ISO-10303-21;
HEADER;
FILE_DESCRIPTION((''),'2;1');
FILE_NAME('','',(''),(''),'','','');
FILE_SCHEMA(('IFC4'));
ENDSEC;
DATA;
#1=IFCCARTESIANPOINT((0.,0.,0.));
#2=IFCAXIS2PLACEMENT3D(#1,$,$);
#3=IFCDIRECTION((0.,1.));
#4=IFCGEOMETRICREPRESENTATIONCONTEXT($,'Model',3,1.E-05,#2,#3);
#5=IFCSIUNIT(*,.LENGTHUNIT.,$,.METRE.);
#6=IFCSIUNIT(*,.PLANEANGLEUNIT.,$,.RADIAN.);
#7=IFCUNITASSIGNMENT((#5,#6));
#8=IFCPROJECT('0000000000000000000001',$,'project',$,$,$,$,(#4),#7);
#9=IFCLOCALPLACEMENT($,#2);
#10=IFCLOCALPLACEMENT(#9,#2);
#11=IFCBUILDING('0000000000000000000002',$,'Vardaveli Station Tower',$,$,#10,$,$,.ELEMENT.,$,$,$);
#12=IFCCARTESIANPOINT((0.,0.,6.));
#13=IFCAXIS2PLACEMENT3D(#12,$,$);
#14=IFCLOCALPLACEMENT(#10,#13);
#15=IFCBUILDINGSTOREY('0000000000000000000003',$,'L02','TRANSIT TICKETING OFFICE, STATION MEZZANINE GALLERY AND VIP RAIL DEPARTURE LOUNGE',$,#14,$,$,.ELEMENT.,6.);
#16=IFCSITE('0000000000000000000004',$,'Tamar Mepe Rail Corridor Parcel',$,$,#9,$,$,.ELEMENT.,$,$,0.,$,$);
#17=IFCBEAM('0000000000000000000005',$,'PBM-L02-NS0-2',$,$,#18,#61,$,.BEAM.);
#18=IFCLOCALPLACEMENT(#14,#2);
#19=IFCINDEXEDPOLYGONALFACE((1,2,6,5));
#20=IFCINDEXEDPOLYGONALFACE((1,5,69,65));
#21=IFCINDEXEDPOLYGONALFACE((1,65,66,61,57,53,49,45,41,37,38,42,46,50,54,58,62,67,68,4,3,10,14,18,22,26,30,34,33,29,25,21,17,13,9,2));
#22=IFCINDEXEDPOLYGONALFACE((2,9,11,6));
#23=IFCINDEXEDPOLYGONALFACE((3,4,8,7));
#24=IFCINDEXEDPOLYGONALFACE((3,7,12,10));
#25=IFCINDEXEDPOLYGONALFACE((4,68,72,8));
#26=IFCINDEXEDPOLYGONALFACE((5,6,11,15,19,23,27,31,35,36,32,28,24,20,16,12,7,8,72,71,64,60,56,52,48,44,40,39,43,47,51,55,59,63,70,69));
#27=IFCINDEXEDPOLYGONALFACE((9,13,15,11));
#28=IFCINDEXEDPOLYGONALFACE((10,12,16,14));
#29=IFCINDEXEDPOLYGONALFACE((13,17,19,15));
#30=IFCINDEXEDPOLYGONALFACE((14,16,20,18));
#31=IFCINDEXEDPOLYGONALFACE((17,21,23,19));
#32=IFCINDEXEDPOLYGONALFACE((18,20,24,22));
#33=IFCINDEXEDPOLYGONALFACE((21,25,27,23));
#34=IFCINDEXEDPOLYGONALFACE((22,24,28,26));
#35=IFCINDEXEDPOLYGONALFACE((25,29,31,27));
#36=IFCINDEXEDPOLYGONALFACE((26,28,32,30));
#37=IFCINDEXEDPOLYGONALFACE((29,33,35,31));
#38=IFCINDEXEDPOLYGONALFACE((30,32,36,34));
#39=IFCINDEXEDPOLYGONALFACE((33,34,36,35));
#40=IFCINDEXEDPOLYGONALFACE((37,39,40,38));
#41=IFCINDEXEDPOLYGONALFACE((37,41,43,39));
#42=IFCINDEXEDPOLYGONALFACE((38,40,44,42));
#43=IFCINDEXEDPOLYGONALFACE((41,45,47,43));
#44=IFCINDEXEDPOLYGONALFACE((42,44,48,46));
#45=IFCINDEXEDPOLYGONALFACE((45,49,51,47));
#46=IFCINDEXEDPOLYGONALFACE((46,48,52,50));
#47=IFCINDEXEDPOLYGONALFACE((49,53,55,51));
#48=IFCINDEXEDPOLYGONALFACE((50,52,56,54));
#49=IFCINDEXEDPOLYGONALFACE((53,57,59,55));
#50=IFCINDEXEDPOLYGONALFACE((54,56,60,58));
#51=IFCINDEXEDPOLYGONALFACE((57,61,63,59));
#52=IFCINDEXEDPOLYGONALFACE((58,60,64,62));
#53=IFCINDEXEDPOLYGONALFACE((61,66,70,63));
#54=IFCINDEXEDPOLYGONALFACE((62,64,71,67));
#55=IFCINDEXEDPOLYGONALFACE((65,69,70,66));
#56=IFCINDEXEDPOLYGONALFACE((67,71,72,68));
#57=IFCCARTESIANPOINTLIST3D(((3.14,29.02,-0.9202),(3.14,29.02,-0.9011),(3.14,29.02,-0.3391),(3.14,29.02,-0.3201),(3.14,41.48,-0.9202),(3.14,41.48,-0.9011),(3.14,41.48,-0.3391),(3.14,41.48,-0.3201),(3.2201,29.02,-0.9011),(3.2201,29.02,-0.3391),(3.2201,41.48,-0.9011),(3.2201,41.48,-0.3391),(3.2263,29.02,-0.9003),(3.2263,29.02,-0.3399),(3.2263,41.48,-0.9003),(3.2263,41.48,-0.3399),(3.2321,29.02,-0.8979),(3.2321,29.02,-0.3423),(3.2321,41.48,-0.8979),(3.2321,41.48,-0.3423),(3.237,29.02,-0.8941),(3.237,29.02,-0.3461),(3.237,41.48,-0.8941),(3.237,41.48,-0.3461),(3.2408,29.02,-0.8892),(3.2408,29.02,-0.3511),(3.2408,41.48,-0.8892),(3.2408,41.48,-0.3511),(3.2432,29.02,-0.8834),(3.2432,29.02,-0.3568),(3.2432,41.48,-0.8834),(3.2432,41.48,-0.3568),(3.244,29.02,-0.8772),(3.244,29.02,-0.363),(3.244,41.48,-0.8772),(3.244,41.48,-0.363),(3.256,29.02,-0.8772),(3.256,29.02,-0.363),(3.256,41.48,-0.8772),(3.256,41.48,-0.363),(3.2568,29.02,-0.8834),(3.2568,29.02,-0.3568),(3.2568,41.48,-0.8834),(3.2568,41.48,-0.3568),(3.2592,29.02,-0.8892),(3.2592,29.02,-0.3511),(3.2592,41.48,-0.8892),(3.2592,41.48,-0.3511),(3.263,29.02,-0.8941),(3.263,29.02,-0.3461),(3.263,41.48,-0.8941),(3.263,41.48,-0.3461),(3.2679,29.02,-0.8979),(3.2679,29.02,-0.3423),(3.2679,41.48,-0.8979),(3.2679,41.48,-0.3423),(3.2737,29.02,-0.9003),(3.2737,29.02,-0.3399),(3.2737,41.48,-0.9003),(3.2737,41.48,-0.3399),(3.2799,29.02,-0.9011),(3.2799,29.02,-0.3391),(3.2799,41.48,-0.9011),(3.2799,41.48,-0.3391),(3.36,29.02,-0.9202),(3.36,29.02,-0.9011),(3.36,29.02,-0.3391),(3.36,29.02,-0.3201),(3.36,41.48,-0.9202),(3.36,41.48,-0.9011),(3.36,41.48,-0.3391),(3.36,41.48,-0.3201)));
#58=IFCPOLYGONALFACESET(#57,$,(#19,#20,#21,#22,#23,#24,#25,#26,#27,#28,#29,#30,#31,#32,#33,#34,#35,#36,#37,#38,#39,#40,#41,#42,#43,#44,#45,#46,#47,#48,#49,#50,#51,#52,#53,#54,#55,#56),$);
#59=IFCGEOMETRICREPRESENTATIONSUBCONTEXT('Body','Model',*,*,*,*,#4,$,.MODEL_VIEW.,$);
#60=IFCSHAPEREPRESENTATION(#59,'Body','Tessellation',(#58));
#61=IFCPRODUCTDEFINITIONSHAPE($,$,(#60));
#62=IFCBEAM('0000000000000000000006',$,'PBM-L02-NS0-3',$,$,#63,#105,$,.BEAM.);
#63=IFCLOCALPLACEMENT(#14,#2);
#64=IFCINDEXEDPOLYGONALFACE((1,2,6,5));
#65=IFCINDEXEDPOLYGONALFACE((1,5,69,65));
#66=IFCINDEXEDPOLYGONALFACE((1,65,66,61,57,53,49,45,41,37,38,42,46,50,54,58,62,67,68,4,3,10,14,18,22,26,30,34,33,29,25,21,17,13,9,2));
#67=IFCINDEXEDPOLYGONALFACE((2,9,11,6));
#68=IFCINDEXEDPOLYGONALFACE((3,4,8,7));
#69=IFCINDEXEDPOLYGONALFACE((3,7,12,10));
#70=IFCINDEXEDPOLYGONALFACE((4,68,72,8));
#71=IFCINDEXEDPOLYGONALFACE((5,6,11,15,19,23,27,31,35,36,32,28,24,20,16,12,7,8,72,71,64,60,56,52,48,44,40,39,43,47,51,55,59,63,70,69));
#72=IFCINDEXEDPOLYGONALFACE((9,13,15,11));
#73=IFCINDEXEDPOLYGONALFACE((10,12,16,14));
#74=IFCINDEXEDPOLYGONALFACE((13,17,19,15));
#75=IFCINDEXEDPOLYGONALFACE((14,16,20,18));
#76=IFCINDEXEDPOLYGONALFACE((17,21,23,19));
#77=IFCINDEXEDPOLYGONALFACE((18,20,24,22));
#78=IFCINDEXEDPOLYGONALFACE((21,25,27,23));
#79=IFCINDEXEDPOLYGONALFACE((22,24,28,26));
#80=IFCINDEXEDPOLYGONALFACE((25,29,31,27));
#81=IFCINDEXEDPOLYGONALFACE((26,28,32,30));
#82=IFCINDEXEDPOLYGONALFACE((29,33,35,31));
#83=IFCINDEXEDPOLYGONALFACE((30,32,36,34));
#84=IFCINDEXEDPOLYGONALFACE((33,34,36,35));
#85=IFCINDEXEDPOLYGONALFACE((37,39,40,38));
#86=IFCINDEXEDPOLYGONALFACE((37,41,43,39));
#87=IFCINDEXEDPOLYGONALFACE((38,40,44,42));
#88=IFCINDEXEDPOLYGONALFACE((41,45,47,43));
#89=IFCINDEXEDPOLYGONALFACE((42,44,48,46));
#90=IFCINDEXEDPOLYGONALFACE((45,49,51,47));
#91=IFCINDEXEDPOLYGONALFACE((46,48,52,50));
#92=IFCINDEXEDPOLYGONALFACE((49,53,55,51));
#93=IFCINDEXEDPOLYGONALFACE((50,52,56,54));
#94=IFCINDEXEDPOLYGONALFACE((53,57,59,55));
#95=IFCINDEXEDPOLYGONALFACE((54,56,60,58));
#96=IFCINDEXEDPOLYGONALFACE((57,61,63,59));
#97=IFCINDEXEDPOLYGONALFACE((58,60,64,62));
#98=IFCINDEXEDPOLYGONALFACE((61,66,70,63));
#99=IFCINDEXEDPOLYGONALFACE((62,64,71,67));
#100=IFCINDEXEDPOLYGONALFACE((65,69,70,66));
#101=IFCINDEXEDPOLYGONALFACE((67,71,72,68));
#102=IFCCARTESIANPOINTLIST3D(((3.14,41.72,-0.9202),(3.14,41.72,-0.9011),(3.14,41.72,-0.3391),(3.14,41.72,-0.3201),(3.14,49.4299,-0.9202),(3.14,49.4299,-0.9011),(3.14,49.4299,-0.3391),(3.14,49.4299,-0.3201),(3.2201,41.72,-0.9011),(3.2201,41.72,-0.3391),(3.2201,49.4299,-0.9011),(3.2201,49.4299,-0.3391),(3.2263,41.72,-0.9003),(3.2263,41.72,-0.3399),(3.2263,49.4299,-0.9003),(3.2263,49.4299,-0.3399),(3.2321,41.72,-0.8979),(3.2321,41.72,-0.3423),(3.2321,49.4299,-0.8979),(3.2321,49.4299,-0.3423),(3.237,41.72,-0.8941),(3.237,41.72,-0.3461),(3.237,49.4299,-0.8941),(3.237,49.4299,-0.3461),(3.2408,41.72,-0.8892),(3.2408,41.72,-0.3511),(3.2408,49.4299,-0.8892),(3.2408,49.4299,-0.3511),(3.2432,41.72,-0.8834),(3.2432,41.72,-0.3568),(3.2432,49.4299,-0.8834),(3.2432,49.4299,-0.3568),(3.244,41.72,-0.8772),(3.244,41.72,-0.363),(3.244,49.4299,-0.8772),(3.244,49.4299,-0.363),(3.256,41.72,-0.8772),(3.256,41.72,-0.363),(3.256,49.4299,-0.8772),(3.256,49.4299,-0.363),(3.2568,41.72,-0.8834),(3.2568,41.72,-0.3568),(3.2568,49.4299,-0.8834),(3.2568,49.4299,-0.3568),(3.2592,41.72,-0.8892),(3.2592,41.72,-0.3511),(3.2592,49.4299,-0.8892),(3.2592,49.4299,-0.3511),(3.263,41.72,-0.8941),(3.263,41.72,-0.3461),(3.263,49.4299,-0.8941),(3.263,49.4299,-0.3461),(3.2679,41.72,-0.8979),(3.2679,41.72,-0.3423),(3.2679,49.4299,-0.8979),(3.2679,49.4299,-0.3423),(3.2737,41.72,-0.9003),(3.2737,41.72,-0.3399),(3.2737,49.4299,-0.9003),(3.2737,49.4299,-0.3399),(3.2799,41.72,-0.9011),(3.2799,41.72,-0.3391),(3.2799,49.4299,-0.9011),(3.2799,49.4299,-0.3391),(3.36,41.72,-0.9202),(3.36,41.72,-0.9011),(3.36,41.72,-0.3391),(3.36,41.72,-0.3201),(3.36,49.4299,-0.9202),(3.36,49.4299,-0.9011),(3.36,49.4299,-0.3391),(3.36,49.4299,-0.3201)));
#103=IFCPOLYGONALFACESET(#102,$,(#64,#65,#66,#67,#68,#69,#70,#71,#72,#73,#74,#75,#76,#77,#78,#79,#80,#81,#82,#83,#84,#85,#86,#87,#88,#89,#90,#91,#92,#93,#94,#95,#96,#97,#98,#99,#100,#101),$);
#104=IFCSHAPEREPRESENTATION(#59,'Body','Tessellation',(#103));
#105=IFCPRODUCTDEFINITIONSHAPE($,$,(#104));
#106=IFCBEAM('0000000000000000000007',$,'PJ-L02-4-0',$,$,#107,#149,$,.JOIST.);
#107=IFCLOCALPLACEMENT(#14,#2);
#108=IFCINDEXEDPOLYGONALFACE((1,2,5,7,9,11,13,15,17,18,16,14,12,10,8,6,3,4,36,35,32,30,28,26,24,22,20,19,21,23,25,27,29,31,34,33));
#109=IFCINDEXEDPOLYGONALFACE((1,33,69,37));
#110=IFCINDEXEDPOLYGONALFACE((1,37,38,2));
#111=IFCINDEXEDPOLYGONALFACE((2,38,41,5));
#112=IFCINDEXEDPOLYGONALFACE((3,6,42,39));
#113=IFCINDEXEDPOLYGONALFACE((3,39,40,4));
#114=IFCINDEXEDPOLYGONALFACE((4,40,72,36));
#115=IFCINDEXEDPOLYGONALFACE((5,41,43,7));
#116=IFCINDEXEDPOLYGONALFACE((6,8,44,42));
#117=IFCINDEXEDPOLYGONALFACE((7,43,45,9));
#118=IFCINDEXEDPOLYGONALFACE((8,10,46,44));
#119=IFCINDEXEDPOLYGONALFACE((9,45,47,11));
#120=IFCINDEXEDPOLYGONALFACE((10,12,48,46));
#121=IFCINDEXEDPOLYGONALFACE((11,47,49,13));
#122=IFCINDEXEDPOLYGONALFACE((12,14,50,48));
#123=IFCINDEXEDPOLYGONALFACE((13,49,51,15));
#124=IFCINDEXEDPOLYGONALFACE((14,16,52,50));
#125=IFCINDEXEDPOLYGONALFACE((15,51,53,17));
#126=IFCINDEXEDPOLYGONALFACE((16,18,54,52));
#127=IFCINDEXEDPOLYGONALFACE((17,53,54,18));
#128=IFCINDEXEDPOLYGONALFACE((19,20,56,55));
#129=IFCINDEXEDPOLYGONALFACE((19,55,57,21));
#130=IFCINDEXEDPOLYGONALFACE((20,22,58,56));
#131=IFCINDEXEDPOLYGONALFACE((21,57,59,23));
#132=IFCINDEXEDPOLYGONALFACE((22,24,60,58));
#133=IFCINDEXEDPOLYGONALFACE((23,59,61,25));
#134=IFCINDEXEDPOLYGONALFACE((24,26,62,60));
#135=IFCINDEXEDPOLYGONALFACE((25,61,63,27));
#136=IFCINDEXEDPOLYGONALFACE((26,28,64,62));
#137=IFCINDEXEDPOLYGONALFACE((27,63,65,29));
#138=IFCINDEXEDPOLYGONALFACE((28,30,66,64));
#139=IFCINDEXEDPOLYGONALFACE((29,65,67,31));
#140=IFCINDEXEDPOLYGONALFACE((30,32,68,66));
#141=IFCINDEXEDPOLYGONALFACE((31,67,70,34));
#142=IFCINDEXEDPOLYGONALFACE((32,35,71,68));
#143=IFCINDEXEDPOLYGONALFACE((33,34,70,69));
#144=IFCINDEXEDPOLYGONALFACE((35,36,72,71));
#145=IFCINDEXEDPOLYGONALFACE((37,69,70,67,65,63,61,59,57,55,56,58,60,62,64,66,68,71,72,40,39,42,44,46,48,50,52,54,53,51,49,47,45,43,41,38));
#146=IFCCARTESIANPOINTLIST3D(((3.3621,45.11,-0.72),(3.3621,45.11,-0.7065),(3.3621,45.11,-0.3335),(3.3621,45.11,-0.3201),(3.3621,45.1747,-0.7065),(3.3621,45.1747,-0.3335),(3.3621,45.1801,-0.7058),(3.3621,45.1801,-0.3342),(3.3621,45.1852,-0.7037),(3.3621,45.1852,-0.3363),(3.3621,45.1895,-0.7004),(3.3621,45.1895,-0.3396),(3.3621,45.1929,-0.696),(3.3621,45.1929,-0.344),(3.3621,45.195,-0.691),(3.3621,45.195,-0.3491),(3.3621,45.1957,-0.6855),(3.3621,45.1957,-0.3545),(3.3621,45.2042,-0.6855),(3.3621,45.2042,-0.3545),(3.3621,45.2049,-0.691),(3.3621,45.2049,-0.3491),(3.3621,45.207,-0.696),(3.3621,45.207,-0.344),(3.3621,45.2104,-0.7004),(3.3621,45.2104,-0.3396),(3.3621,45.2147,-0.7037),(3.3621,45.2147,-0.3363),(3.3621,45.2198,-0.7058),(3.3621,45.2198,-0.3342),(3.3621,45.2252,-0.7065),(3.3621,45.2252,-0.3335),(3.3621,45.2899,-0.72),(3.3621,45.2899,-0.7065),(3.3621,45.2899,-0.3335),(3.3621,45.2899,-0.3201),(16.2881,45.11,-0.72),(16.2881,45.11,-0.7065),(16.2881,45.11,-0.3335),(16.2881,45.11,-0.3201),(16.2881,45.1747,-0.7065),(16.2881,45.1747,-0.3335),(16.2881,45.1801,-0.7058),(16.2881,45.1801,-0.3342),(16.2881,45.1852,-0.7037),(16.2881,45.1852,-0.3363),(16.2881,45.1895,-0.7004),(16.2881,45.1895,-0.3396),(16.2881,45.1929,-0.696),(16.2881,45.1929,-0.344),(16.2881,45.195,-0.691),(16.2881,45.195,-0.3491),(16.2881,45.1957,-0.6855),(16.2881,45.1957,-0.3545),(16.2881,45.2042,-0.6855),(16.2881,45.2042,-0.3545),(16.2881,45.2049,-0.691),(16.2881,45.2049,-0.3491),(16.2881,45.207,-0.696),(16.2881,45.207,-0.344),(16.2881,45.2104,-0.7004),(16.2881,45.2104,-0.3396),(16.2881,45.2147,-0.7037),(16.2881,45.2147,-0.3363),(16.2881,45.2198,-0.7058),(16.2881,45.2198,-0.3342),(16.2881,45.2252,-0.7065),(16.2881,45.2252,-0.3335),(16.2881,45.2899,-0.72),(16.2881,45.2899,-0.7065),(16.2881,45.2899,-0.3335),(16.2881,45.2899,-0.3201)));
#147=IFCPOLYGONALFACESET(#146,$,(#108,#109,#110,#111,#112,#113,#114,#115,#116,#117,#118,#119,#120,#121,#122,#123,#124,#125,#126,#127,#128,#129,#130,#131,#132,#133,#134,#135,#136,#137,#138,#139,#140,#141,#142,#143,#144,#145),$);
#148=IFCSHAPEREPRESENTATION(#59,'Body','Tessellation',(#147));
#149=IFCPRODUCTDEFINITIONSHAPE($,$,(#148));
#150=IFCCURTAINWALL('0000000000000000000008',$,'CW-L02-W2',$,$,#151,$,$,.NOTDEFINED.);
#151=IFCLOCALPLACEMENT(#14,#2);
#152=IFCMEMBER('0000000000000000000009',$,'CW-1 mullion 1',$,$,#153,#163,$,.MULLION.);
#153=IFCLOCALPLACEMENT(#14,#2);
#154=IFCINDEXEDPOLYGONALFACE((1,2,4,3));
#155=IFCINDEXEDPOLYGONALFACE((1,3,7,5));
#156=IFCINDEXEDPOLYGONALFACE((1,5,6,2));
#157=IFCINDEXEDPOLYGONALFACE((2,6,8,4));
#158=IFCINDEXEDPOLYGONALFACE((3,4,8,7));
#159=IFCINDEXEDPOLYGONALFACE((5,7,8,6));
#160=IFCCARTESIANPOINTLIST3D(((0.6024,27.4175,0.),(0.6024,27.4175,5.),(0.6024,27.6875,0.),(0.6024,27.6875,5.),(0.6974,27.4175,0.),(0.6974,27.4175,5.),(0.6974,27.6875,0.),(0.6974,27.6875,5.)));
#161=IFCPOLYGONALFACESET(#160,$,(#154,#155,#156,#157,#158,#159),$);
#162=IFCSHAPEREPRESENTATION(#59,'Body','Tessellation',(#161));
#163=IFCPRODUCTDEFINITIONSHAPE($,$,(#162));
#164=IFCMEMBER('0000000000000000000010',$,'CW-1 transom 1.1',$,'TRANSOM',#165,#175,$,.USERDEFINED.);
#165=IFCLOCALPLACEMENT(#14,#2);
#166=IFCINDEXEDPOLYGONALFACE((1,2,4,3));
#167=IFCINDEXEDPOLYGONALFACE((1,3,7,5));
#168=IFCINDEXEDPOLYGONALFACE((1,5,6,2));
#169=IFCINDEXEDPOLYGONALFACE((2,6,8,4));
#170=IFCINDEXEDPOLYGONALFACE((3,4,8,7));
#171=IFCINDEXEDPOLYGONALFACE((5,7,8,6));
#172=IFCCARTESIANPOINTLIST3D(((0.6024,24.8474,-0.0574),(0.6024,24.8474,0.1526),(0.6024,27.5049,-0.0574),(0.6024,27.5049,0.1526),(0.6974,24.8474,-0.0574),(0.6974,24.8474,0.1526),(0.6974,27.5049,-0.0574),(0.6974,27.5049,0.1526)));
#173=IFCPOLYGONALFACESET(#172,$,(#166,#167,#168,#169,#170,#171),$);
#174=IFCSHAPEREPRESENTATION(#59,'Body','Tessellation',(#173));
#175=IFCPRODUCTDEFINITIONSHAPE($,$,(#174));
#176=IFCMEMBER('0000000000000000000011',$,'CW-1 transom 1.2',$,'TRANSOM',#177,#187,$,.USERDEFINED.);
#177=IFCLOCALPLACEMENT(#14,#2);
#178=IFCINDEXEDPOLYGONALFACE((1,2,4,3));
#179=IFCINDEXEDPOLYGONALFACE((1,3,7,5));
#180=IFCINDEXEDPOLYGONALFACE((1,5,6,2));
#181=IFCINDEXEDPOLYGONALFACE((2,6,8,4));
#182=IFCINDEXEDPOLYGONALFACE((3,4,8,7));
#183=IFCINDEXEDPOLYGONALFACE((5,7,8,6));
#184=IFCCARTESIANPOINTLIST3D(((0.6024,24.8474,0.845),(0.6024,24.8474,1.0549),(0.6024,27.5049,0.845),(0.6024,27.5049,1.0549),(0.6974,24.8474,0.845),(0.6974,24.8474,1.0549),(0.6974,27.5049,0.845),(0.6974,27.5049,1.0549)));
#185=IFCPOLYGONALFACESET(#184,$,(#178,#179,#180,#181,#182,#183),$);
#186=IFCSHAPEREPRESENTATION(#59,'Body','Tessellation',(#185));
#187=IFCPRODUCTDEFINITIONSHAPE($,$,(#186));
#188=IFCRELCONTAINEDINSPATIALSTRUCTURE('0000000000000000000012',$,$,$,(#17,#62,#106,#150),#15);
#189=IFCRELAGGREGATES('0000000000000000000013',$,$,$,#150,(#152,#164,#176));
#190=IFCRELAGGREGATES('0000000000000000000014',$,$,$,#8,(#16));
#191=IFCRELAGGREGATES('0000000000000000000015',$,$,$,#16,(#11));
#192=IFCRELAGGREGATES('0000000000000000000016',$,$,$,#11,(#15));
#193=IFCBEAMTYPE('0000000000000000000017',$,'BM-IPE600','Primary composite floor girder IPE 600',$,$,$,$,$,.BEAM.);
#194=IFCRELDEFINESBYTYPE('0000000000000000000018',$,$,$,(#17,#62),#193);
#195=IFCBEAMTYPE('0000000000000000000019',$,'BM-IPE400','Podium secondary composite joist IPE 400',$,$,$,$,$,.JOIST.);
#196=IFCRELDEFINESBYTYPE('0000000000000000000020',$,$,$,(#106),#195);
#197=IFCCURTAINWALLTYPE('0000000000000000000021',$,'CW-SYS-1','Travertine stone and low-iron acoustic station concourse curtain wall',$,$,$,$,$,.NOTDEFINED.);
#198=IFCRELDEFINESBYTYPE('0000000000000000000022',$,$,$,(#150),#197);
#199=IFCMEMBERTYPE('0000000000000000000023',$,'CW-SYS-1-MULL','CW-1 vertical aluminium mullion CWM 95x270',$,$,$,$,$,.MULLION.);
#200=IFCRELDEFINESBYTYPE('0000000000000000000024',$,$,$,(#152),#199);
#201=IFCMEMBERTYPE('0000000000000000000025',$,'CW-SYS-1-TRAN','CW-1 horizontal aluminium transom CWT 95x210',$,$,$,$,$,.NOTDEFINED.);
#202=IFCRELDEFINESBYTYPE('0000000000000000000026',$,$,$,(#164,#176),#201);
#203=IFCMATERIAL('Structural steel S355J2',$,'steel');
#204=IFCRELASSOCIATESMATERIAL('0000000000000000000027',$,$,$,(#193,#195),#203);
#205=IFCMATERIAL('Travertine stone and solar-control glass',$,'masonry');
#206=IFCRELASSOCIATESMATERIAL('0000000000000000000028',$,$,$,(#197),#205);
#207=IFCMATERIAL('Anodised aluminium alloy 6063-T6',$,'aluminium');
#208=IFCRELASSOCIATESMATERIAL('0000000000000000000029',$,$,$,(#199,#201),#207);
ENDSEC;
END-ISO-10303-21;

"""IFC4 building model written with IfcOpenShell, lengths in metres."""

from ifc_helpers import new_model, si_unit, direction, frame, origin, origin_2d, place, context, subcontext, project, spatial, rectangle, i_section, extrude, source, transform, mapped, material, material_profile, profile_set, type_object, element, aggregate, save


model = new_model("IFC4")

# Units and contexts
model_context = context("Model", 3, precision=1e-05, world=origin(), true_north=direction((0.0, 1.0)))
body_context = subcontext(model_context, "Body", "Model", "MODEL_VIEW")
ifc_project = project(units=[si_unit("LENGTHUNIT", "METRE"), si_unit("PLANEANGLEUNIT", "RADIAN")], contexts=[model_context])

# Site, building, storey
site_placement = place(None, origin())
site = spatial("IfcSite", under=ifc_project, at=site_placement, Name="Tamar Mepe Rail Corridor Parcel", CompositionType="ELEMENT", RefElevation=0.0)
building_placement = place(site_placement, origin())
building = spatial("IfcBuilding", under=site, at=building_placement, Name="Vardaveli Station Tower", CompositionType="ELEMENT")
storey_placement = place(building_placement, frame((0.0, 0.0, 6.0)))
storey = spatial("IfcBuildingStorey", under=building, at=storey_placement, Name="L02", Description="TRANSIT TICKETING OFFICE, STATION MEZZANINE GALLERY AND VIP RAIL DEPARTURE LOUNGE", CompositionType="ELEMENT", Elevation=6.0)

# Beams
ifc_material_1 = material(Name="Structural steel S355J2", Category="steel")
ifc_material_profile_1 = material_profile(ifc_material_1, i_section(OverallWidth=0.22, OverallDepth=0.6001, WebThickness=0.012, FlangeThickness=0.019, FilletRadius=0.0239, at=origin_2d()), Name="IPE 600")
ifc_profile_set_1 = profile_set([ifc_material_profile_1], Name="Structural steel S355J2")
beam_type_1 = type_object("IfcBeamType", Name="BM-IPE600", Description="Primary composite floor girder IPE 600", PredefinedType="BEAM", material=ifc_profile_set_1)
shared_shape_1 = source(origin(), body_context, "Body", "SweptSolid", [
    extrude(i_section(OverallWidth=0.22, OverallDepth=0.6001, WebThickness=0.012, FlangeThickness=0.019, FilletRadius=0.0239, at=origin_2d()), origin(), (0.0, 0.0, 1.0), 12.46),
])
beam_1_placement = place(storey_placement, frame((3.25, 29.02, -0.6201), z_axis=(0.0, 1.0, 0.0), x_axis=(-1.0, 0.0, 0.0)))
element("IfcBeam", 1, at=beam_1_placement, inside=storey, type_object=beam_type_1, Name="PBM-L02-NS0-2", PredefinedType="BEAM", context=body_context, shape_type="MappedRepresentation", body=[
    mapped(shared_shape_1, transform((0.0, 0.0, 0.0), scale=1.0)),
])
shared_shape_2 = source(origin(), body_context, "Body", "SweptSolid", [
    extrude(i_section(OverallWidth=0.22, OverallDepth=0.6001, WebThickness=0.012, FlangeThickness=0.019, FilletRadius=0.0239, at=origin_2d()), origin(), (0.0, 0.0, 1.0), 7.71),
])
beam_2_placement = place(storey_placement, frame((3.25, 41.72, -0.6201), z_axis=(0.0, 1.0, 0.0), x_axis=(-1.0, 0.0, 0.0)))
element("IfcBeam", 2, at=beam_2_placement, inside=storey, type_object=beam_type_1, Name="PBM-L02-NS0-3", PredefinedType="BEAM", context=body_context, shape_type="MappedRepresentation", body=[
    mapped(shared_shape_2, transform((0.0, 0.0, 0.0), scale=1.0)),
])
ifc_material_profile_2 = material_profile(ifc_material_1, i_section(OverallWidth=0.1799, OverallDepth=0.3999, WebThickness=0.0085, FlangeThickness=0.0134, FilletRadius=0.021, at=origin_2d()), Name="IPE 400")
ifc_profile_set_2 = profile_set([ifc_material_profile_2], Name="Structural steel S355J2")
beam_type_2 = type_object("IfcBeamType", Name="BM-IPE400", Description="Podium secondary composite joist IPE 400", PredefinedType="JOIST", material=ifc_profile_set_2)
shared_shape_3 = source(origin(), body_context, "Body", "SweptSolid", [
    extrude(i_section(OverallWidth=0.1799, OverallDepth=0.3999, WebThickness=0.0085, FlangeThickness=0.0134, FilletRadius=0.021, at=origin_2d()), origin(), (0.0, 0.0, 1.0), 12.926),
])
beam_3_placement = place(storey_placement, frame((3.3621, 45.2, -0.52), z_axis=(1.0, 0.0, 0.0), x_axis=(0.0, 1.0, 0.0)))
element("IfcBeam", 3, at=beam_3_placement, inside=storey, type_object=beam_type_2, Name="PJ-L02-4-0", PredefinedType="JOIST", context=body_context, shape_type="MappedRepresentation", body=[
    mapped(shared_shape_3, transform((0.0, 0.0, 0.0), scale=1.0)),
])

# Curtain wall, members
ifc_material_2 = material(Name="Travertine stone and solar-control glass", Category="masonry")
curtain_wall_type = type_object("IfcCurtainWallType", Name="CW-SYS-1", Description="Travertine stone and low-iron acoustic station concourse curtain wall", PredefinedType="NOTDEFINED", material=ifc_material_2)
curtain_wall_placement = place(storey_placement, origin())
curtain_wall = element("IfcCurtainWall", 4, at=curtain_wall_placement, inside=storey, type_object=curtain_wall_type, Name="CW-L02-W2", PredefinedType="NOTDEFINED")
ifc_material_3 = material(Name="Anodised aluminium alloy 6063-T6", Category="aluminium")
ifc_material_profile_3 = material_profile(ifc_material_3, rectangle(XDim=0.095, YDim=0.27, at=origin_2d()), Name="CWM 95x270")
ifc_profile_set_3 = profile_set([ifc_material_profile_3], Name="Anodised aluminium alloy 6063-T6")
member_type_1 = type_object("IfcMemberType", Name="CW-SYS-1-MULL", Description="CW-1 vertical aluminium mullion CWM 95x270", PredefinedType="MULLION", material=ifc_profile_set_3)
shared_shape_4 = source(origin(), body_context, "Body", "SweptSolid", [
    extrude(rectangle(XDim=0.095, YDim=0.27, at=origin_2d()), origin(), (0.0, 0.0, 1.0), 5.0),
])
member_1_placement = place(storey_placement, frame((0.6499, 27.5525, 0.0), z_axis=(0.0, 0.0, 1.0), x_axis=(1.0, 0.0, 0.0)))
member_1 = element("IfcMember", 5, at=member_1_placement, type_object=member_type_1, Name="CW-1 mullion 1", PredefinedType="MULLION", context=body_context, shape_type="MappedRepresentation", body=[
    mapped(shared_shape_4, transform((0.0, 0.0, 0.0), scale=1.0)),
])
ifc_material_profile_4 = material_profile(ifc_material_3, rectangle(XDim=0.095, YDim=0.21, at=origin_2d()), Name="CWT 95x210")
ifc_profile_set_4 = profile_set([ifc_material_profile_4], Name="Anodised aluminium alloy 6063-T6")
member_type_2 = type_object("IfcMemberType", Name="CW-SYS-1-TRAN", Description="CW-1 horizontal aluminium transom CWT 95x210", PredefinedType="NOTDEFINED", material=ifc_profile_set_4)
shared_shape_5 = source(origin(), body_context, "Body", "SweptSolid", [
    extrude(rectangle(XDim=0.095, YDim=0.21, at=origin_2d()), origin(), (0.0, 0.0, 1.0), 2.6575),
])
member_2_placement = place(storey_placement, frame((0.6499, 27.5049, 0.0476), z_axis=(0.0, -1.0, 0.0), x_axis=(1.0, 0.0, 0.0)))
member_2 = element("IfcMember", 6, at=member_2_placement, type_object=member_type_2, Name="CW-1 transom 1.1", ObjectType="TRANSOM", PredefinedType="USERDEFINED", context=body_context, shape_type="MappedRepresentation", body=[
    mapped(shared_shape_5, transform((0.0, 0.0, 0.0), scale=1.0)),
])
member_3_placement = place(storey_placement, frame((0.6499, 27.5049, 0.95), z_axis=(0.0, -1.0, 0.0), x_axis=(1.0, 0.0, 0.0)))
member_3 = element("IfcMember", 7, at=member_3_placement, type_object=member_type_2, Name="CW-1 transom 1.2", ObjectType="TRANSOM", PredefinedType="USERDEFINED", context=body_context, shape_type="MappedRepresentation", body=[
    mapped(shared_shape_5, transform((0.0, 0.0, 0.0), scale=1.0)),
])
aggregate(curtain_wall, [member_1, member_2, member_3])

save(model, "model.ifc")
